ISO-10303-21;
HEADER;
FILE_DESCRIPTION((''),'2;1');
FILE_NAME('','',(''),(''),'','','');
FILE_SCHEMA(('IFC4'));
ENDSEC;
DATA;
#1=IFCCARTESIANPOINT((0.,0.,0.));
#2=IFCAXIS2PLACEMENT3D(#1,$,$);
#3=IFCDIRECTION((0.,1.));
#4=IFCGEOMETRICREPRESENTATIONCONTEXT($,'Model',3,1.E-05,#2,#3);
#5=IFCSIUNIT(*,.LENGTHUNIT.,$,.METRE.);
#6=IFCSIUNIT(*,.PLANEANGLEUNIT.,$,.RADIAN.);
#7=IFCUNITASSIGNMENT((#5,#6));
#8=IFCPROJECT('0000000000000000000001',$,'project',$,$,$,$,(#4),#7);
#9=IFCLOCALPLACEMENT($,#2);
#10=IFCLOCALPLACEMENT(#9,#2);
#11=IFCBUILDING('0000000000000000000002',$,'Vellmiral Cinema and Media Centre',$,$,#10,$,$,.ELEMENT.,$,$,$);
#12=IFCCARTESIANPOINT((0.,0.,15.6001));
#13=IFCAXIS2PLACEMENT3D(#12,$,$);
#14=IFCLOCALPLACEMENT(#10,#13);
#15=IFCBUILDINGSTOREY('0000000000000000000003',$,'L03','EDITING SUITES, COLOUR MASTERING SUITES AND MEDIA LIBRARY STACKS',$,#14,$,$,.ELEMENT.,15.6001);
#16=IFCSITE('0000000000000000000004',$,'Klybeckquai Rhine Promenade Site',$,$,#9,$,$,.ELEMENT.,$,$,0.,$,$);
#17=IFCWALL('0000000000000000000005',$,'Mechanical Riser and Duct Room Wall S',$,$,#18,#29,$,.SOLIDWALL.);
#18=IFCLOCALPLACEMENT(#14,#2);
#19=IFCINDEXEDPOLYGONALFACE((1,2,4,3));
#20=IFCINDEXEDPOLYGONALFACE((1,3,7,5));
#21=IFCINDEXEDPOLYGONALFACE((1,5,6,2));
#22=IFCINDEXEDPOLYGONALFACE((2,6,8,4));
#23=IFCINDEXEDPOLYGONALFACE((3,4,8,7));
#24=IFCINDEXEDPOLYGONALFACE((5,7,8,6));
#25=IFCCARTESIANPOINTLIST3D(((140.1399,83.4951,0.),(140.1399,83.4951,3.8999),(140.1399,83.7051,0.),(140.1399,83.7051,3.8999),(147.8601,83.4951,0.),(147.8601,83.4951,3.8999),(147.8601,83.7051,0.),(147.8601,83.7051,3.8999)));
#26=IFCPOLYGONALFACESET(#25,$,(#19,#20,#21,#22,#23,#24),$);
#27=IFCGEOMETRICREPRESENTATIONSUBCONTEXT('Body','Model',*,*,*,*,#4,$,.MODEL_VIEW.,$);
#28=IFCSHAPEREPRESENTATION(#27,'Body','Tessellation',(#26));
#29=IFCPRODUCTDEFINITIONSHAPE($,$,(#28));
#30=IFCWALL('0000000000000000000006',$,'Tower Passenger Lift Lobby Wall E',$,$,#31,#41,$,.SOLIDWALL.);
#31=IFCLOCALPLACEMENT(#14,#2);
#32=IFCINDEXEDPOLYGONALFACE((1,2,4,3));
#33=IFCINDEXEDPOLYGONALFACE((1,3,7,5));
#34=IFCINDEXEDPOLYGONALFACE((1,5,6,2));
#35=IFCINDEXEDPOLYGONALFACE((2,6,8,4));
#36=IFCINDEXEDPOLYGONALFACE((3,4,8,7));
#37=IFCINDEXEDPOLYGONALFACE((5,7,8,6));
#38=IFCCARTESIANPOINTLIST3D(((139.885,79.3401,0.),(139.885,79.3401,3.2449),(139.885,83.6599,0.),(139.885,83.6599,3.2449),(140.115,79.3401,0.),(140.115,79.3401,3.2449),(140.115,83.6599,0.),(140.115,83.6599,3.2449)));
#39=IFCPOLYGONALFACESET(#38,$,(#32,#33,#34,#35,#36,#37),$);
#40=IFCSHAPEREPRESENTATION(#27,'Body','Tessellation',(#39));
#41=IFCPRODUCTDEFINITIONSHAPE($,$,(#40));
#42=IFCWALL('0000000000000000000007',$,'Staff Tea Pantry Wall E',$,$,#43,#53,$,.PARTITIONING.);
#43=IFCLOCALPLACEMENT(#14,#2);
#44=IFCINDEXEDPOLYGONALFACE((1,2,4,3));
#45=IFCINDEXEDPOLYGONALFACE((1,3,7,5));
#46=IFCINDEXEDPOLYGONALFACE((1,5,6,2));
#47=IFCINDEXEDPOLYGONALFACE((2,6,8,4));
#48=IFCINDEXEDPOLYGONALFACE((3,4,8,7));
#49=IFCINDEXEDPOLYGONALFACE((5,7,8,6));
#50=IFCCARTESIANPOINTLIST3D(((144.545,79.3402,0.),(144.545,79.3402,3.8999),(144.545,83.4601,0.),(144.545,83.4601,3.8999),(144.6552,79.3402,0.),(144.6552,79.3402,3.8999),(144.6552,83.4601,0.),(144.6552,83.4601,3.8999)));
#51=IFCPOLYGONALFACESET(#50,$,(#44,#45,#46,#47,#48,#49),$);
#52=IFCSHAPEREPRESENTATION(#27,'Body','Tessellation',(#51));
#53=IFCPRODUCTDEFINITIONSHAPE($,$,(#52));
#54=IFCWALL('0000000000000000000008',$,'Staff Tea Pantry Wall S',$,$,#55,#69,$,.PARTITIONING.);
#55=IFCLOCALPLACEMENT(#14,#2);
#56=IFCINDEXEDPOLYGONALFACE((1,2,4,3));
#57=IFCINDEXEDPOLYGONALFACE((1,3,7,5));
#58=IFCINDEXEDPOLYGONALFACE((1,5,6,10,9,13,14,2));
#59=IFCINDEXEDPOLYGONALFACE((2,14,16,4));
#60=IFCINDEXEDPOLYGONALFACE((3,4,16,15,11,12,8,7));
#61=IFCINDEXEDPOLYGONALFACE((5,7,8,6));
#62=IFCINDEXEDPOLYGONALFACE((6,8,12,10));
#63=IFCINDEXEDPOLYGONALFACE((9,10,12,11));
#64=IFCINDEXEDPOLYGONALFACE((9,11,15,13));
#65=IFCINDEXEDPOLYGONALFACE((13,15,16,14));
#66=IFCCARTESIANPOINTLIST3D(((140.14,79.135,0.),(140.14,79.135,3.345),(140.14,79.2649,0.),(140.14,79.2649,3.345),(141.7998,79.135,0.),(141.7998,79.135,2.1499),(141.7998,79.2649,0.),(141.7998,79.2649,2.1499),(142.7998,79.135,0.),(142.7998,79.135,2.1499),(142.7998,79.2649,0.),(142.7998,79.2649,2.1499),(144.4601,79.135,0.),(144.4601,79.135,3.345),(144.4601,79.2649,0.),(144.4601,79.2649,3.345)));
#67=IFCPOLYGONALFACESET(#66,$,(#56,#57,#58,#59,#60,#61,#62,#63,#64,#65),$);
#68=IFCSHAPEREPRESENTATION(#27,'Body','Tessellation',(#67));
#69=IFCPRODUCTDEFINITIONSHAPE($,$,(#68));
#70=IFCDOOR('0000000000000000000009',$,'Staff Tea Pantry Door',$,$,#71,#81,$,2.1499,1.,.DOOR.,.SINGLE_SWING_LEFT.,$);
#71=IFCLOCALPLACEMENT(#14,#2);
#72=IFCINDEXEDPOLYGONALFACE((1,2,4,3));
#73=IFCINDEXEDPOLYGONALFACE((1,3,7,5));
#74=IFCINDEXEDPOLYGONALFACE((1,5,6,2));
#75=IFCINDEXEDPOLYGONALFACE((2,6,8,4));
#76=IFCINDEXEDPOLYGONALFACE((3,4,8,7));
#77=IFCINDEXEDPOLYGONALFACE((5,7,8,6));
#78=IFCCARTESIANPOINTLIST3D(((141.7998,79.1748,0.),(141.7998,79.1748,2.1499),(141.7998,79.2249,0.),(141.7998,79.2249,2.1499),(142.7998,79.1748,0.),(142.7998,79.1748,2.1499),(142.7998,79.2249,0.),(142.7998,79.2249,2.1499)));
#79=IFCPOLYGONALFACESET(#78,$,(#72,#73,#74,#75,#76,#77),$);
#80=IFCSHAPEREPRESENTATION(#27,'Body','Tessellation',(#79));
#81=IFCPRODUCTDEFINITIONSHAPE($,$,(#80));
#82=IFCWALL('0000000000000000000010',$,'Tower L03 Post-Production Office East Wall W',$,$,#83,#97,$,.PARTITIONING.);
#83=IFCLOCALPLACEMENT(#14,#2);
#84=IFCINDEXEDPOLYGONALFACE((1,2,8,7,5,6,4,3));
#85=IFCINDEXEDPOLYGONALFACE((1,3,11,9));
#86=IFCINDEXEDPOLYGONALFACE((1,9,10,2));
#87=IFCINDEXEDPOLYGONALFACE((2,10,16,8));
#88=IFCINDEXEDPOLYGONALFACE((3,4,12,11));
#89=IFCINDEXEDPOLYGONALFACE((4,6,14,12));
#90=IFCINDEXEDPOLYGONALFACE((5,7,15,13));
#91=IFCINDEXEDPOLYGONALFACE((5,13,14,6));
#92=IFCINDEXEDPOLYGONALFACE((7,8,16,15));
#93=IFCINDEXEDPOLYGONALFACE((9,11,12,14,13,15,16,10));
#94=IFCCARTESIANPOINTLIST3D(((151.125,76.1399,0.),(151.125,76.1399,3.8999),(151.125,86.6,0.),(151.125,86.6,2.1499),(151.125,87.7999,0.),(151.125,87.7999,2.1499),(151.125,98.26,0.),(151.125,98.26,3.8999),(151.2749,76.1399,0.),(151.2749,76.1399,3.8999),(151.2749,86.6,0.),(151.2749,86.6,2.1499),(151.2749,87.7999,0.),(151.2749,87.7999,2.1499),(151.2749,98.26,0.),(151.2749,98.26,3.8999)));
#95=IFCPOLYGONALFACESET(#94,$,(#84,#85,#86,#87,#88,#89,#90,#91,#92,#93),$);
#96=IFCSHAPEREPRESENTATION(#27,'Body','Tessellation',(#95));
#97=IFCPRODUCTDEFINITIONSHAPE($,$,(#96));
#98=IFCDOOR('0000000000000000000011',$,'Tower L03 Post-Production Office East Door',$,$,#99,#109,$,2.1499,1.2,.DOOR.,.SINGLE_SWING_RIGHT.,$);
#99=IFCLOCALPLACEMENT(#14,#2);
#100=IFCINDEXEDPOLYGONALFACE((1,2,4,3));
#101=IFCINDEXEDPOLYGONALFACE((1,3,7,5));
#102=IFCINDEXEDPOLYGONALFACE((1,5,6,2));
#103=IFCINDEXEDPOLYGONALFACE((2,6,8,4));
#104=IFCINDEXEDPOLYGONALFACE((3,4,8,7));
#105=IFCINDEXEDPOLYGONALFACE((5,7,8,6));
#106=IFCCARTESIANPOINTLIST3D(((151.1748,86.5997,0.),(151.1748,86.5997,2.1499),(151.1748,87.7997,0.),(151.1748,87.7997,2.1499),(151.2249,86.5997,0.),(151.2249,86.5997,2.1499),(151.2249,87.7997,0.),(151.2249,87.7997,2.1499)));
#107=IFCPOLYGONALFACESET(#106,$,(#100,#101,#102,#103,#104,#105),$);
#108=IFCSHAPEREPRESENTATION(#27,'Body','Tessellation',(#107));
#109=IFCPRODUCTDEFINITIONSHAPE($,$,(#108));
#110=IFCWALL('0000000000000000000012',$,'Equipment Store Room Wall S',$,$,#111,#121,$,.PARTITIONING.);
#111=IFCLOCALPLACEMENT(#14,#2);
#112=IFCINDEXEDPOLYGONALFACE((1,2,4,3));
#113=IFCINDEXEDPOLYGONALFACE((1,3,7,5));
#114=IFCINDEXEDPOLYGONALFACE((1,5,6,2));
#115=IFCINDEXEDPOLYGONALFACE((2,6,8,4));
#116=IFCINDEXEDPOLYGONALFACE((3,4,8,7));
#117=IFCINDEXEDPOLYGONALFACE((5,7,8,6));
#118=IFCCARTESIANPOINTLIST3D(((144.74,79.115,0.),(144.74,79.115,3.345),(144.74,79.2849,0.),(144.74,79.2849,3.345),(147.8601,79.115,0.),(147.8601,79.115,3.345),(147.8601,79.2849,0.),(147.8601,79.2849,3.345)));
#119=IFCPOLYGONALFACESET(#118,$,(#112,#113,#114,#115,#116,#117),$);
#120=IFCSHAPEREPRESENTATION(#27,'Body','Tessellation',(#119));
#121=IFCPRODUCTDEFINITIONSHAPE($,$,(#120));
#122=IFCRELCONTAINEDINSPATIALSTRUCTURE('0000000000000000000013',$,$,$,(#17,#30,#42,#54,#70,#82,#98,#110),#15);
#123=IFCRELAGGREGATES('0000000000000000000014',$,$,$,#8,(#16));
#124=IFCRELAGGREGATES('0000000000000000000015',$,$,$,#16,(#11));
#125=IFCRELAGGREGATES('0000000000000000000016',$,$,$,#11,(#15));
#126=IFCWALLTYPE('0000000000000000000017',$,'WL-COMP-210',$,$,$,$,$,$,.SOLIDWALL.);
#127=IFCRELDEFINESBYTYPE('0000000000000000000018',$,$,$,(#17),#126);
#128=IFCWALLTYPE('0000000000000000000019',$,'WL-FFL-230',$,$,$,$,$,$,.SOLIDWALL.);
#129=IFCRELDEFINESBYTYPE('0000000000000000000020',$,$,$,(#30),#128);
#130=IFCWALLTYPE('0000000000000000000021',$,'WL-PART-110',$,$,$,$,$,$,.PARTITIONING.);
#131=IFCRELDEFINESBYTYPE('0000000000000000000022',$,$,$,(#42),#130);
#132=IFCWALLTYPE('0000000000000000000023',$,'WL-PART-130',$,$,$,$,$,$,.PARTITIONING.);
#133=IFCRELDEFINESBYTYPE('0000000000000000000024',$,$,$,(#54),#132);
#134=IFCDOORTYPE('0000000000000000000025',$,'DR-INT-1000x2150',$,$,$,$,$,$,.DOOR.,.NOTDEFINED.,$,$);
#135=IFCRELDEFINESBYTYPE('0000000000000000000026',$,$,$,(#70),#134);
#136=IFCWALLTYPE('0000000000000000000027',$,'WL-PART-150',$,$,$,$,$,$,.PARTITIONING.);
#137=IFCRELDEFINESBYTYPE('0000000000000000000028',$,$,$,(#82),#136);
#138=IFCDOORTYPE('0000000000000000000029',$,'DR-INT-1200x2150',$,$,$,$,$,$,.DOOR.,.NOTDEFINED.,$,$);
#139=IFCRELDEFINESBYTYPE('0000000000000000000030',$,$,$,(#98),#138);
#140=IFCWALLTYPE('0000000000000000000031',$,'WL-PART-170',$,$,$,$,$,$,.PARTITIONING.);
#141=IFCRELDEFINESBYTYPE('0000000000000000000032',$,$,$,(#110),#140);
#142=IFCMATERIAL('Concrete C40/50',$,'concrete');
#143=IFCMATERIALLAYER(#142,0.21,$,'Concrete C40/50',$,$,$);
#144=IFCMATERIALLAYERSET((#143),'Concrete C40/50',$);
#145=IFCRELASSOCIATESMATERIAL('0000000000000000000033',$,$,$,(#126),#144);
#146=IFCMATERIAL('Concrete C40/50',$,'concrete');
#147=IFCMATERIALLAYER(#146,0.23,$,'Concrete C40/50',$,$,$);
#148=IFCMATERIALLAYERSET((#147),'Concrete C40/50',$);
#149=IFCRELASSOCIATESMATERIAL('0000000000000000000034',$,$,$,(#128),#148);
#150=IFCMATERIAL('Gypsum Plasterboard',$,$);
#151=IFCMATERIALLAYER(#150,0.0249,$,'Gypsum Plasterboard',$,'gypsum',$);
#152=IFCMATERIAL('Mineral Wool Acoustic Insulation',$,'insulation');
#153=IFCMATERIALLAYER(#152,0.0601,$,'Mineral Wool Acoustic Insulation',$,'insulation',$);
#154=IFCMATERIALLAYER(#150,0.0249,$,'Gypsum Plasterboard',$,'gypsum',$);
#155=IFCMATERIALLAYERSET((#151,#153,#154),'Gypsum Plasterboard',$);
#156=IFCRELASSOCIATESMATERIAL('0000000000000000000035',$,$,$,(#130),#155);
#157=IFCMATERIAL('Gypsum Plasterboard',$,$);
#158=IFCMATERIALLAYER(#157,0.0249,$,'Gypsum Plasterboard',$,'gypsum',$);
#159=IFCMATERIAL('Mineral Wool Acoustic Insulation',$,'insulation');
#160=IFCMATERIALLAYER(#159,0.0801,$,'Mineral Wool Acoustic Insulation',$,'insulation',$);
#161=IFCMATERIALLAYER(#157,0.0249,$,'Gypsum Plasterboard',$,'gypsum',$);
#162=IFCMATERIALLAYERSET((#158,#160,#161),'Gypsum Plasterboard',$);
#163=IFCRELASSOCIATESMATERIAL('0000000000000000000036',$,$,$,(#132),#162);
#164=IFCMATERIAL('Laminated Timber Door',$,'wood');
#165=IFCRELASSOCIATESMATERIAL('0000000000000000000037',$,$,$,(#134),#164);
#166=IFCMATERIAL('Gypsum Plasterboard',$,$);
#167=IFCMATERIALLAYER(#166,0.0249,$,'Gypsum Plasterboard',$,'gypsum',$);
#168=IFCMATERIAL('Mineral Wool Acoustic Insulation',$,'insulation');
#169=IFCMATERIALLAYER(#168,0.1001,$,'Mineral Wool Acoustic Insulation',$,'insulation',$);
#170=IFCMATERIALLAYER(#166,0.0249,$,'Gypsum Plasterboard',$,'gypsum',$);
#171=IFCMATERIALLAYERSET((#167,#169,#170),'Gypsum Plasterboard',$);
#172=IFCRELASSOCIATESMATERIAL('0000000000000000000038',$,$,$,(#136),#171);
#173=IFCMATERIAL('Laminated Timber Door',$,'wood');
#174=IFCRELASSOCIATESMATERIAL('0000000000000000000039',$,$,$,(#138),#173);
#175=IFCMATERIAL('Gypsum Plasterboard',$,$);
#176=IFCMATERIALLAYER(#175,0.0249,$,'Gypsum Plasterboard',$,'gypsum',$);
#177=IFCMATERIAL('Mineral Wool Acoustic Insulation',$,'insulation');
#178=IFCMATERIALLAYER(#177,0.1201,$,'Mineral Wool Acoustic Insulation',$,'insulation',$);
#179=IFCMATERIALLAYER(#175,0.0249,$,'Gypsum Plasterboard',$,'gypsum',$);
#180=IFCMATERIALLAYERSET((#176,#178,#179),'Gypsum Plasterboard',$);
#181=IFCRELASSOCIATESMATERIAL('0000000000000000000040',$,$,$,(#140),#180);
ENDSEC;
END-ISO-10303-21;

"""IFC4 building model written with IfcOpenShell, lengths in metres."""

from ifc_helpers import new_model, si_unit, direction, frame, frame_2d, origin, place, context, subcontext, project, spatial, rectangle, extrude, material, layer, layer_set, type_object, element, fill, save


model = new_model("IFC4")

# Units and contexts
model_context = context("Model", 3, precision=1e-05, world=origin(), true_north=direction((0.0, 1.0)))
body_context = subcontext(model_context, "Body", "Model", "MODEL_VIEW")
ifc_project = project(units=[si_unit("LENGTHUNIT", "METRE"), si_unit("PLANEANGLEUNIT", "RADIAN")], contexts=[model_context])

# Site, building, storey
site_placement = place(None, origin())
site = spatial("IfcSite", under=ifc_project, at=site_placement, Name="Klybeckquai Rhine Promenade Site", CompositionType="ELEMENT", RefElevation=0.0)
building_placement = place(site_placement, origin())
building = spatial("IfcBuilding", under=site, at=building_placement, Name="Vellmiral Cinema and Media Centre", CompositionType="ELEMENT")
storey_placement = place(building_placement, frame((0.0, 0.0, 15.6001)))
storey = spatial("IfcBuildingStorey", under=building, at=storey_placement, Name="L03", Description="EDITING SUITES, COLOUR MASTERING SUITES AND MEDIA LIBRARY STACKS", CompositionType="ELEMENT", Elevation=15.6001)

# Wall
ifc_material_1 = material(Name="Concrete C40/50", Category="concrete")
ifc_layer_1 = layer(ifc_material_1, 0.21, Name="Concrete C40/50")
ifc_layer_set_1 = layer_set([ifc_layer_1], Name="Concrete C40/50")
wall_type_1 = type_object("IfcWallType", Name="WL-COMP-210", PredefinedType="SOLIDWALL", material=ifc_layer_set_1)
wall_1_placement = place(storey_placement, frame((140.1399, 83.6001, 0.0), z_axis=(0.0, 0.0, 1.0), x_axis=(1.0, 0.0, 0.0)))
element("IfcWall", 1, at=wall_1_placement, inside=storey, type_object=wall_type_1, Name="Mechanical Riser and Duct Room Wall S", PredefinedType="SOLIDWALL", context=body_context, shape_type="SweptSolid", body=[
    extrude(rectangle(XDim=7.7202, YDim=0.21, at=frame_2d((3.8601, 0.0))), origin(), (0.0, 0.0, 1.0), 3.8999),
])

# Walls
ifc_material_2 = material(Name="Concrete C40/50", Category="concrete")
ifc_layer_2 = layer(ifc_material_2, 0.23, Name="Concrete C40/50")
ifc_layer_set_2 = layer_set([ifc_layer_2], Name="Concrete C40/50")
wall_type_2 = type_object("IfcWallType", Name="WL-FFL-230", PredefinedType="SOLIDWALL", material=ifc_layer_set_2)
wall_2_placement = place(storey_placement, frame((140.0, 79.3401, 0.0), z_axis=(0.0, 0.0, 1.0), x_axis=(0.0, 1.0, 0.0)))
element("IfcWall", 2, at=wall_2_placement, inside=storey, type_object=wall_type_2, Name="Tower Passenger Lift Lobby Wall E", PredefinedType="SOLIDWALL", context=body_context, shape_type="SweptSolid", body=[
    extrude(rectangle(XDim=4.3198, YDim=0.23, at=frame_2d((2.1599, 0.0))), origin(), (0.0, 0.0, 1.0), 3.2449),
])
ifc_material_3 = material(Name="Gypsum Plasterboard")
ifc_layer_3 = layer(ifc_material_3, 0.0249, Name="Gypsum Plasterboard", Category="gypsum")
ifc_material_4 = material(Name="Mineral Wool Acoustic Insulation", Category="insulation")
ifc_layer_4 = layer(ifc_material_4, 0.0601, Name="Mineral Wool Acoustic Insulation", Category="insulation")
ifc_layer_5 = layer(ifc_material_3, 0.0249, Name="Gypsum Plasterboard", Category="gypsum")
ifc_layer_set_3 = layer_set([ifc_layer_3, ifc_layer_4, ifc_layer_5], Name="Gypsum Plasterboard")
wall_type_3 = type_object("IfcWallType", Name="WL-PART-110", PredefinedType="PARTITIONING", material=ifc_layer_set_3)
wall_3_placement = place(storey_placement, frame((144.6001, 79.3401, 0.0), z_axis=(0.0, 0.0, 1.0), x_axis=(0.0, 1.0, 0.0)))
element("IfcWall", 3, at=wall_3_placement, inside=storey, type_object=wall_type_3, Name="Staff Tea Pantry Wall E", PredefinedType="PARTITIONING", context=body_context, shape_type="SweptSolid", body=[
    extrude(rectangle(XDim=4.1199, YDim=0.1101, at=frame_2d((2.0601, 0.0))), origin(), (0.0, 0.0, 1.0), 3.8999),
])

# Walls, openings, doors
ifc_material_5 = material(Name="Gypsum Plasterboard")
ifc_layer_6 = layer(ifc_material_5, 0.0249, Name="Gypsum Plasterboard", Category="gypsum")
ifc_material_6 = material(Name="Mineral Wool Acoustic Insulation", Category="insulation")
ifc_layer_7 = layer(ifc_material_6, 0.0801, Name="Mineral Wool Acoustic Insulation", Category="insulation")
ifc_layer_8 = layer(ifc_material_5, 0.0249, Name="Gypsum Plasterboard", Category="gypsum")
ifc_layer_set_4 = layer_set([ifc_layer_6, ifc_layer_7, ifc_layer_8], Name="Gypsum Plasterboard")
wall_type_4 = type_object("IfcWallType", Name="WL-PART-130", PredefinedType="PARTITIONING", material=ifc_layer_set_4)
wall_4_placement = place(storey_placement, frame((140.1399, 79.2, 0.0), z_axis=(0.0, 0.0, 1.0), x_axis=(1.0, 0.0, 0.0)))
wall_4 = element("IfcWall", 4, at=wall_4_placement, inside=storey, type_object=wall_type_4, Name="Staff Tea Pantry Wall S", PredefinedType="PARTITIONING", context=body_context, shape_type="SweptSolid", body=[
    extrude(rectangle(XDim=4.3201, YDim=0.1299, at=frame_2d((2.1602, 0.0))), origin(), (0.0, 0.0, 1.0), 3.345),
])
opening_1_placement = place(wall_4_placement, frame((1.6599, 0.0, 0.0)))
opening_1 = element("IfcOpeningElement", 5, at=opening_1_placement, cuts=wall_4, PredefinedType="OPENING", context=body_context, shape_type="SweptSolid", body=[
    extrude(rectangle(XDim=1.0, YDim=2.1499, at=frame_2d((0.5, 1.075))), frame((0.0, 0.0769, 0.0), z_axis=(0.0, -1.0, 0.0), x_axis=(1.0, 0.0, 0.0)), (0.0, 0.0, 1.0), 0.1538),
])
ifc_material_7 = material(Name="Laminated Timber Door", Category="wood")
door_type_1 = type_object("IfcDoorType", Name="DR-INT-1000x2150", OperationType="NOTDEFINED", PredefinedType="DOOR", material=ifc_material_7)
door_1_placement = place(opening_1_placement, origin())
door_1 = element("IfcDoor", 6, at=door_1_placement, inside=storey, type_object=door_type_1, Name="Staff Tea Pantry Door", OperationType="SINGLE_SWING_LEFT", OverallHeight=2.1499, OverallWidth=1.0, PredefinedType="DOOR", context=body_context, shape_type="SweptSolid", body=[
    extrude(rectangle(XDim=1.0, YDim=2.1499, at=frame_2d((0.5, 1.075))), frame((0.0, 0.0249, 0.0), z_axis=(0.0, -1.0, 0.0), x_axis=(1.0, 0.0, 0.0)), (0.0, 0.0, 1.0), 0.05),
])
fill(opening_1, door_1)
ifc_material_8 = material(Name="Gypsum Plasterboard")
ifc_layer_9 = layer(ifc_material_8, 0.0249, Name="Gypsum Plasterboard", Category="gypsum")
ifc_material_9 = material(Name="Mineral Wool Acoustic Insulation", Category="insulation")
ifc_layer_10 = layer(ifc_material_9, 0.1001, Name="Mineral Wool Acoustic Insulation", Category="insulation")
ifc_layer_11 = layer(ifc_material_8, 0.0249, Name="Gypsum Plasterboard", Category="gypsum")
ifc_layer_set_5 = layer_set([ifc_layer_9, ifc_layer_10, ifc_layer_11], Name="Gypsum Plasterboard")
wall_type_5 = type_object("IfcWallType", Name="WL-PART-150", PredefinedType="PARTITIONING", material=ifc_layer_set_5)
wall_5_placement = place(storey_placement, frame((151.2, 76.1399, 0.0), z_axis=(0.0, 0.0, 1.0), x_axis=(0.0, 1.0, 0.0)))
wall_5 = element("IfcWall", 7, at=wall_5_placement, inside=storey, type_object=wall_type_5, Name="Tower L03 Post-Production Office East Wall W", PredefinedType="PARTITIONING", context=body_context, shape_type="SweptSolid", body=[
    extrude(rectangle(XDim=22.1201, YDim=0.1499, at=frame_2d((11.0601, 0.0))), origin(), (0.0, 0.0, 1.0), 3.8999),
])
opening_2_placement = place(wall_5_placement, frame((10.46, 0.0, 0.0)))
opening_2 = element("IfcOpeningElement", 8, at=opening_2_placement, cuts=wall_5, PredefinedType="OPENING", context=body_context, shape_type="SweptSolid", body=[
    extrude(rectangle(XDim=1.2, YDim=2.1499, at=frame_2d((0.6001, 1.075))), frame((0.0, 0.0869, 0.0), z_axis=(0.0, -1.0, 0.0), x_axis=(1.0, 0.0, 0.0)), (0.0, 0.0, 1.0), 0.1738),
])
ifc_material_10 = material(Name="Laminated Timber Door", Category="wood")
door_type_2 = type_object("IfcDoorType", Name="DR-INT-1200x2150", OperationType="NOTDEFINED", PredefinedType="DOOR", material=ifc_material_10)
door_2_placement = place(opening_2_placement, frame((1.2, 0.0, 0.0), z_axis=(0.0, 0.0, 1.0), x_axis=(-1.0, 0.0, 0.0)))
door_2 = element("IfcDoor", 9, at=door_2_placement, inside=storey, type_object=door_type_2, Name="Tower L03 Post-Production Office East Door", OperationType="SINGLE_SWING_RIGHT", OverallHeight=2.1499, OverallWidth=1.2, PredefinedType="DOOR", context=body_context, shape_type="SweptSolid", body=[
    extrude(rectangle(XDim=1.2, YDim=2.1499, at=frame_2d((0.6001, 1.075))), frame((0.0, 0.0249, 0.0), z_axis=(0.0, -1.0, 0.0), x_axis=(1.0, 0.0, 0.0)), (0.0, 0.0, 1.0), 0.05),
])
fill(opening_2, door_2)

# Wall
ifc_material_11 = material(Name="Gypsum Plasterboard")
ifc_layer_12 = layer(ifc_material_11, 0.0249, Name="Gypsum Plasterboard", Category="gypsum")
ifc_material_12 = material(Name="Mineral Wool Acoustic Insulation", Category="insulation")
ifc_layer_13 = layer(ifc_material_12, 0.1201, Name="Mineral Wool Acoustic Insulation", Category="insulation")
ifc_layer_14 = layer(ifc_material_11, 0.0249, Name="Gypsum Plasterboard", Category="gypsum")
ifc_layer_set_6 = layer_set([ifc_layer_12, ifc_layer_13, ifc_layer_14], Name="Gypsum Plasterboard")
wall_type_6 = type_object("IfcWallType", Name="WL-PART-170", PredefinedType="PARTITIONING", material=ifc_layer_set_6)
wall_6_placement = place(storey_placement, frame((144.74, 79.2, 0.0), z_axis=(0.0, 0.0, 1.0), x_axis=(1.0, 0.0, 0.0)))
element("IfcWall", 10, at=wall_6_placement, inside=storey, type_object=wall_type_6, Name="Equipment Store Room Wall S", PredefinedType="PARTITIONING", context=body_context, shape_type="SweptSolid", body=[
    extrude(rectangle(XDim=3.1201, YDim=0.1699, at=frame_2d((1.5601, 0.0))), origin(), (0.0, 0.0, 1.0), 3.345),
])

save(model, "model.ifc")
